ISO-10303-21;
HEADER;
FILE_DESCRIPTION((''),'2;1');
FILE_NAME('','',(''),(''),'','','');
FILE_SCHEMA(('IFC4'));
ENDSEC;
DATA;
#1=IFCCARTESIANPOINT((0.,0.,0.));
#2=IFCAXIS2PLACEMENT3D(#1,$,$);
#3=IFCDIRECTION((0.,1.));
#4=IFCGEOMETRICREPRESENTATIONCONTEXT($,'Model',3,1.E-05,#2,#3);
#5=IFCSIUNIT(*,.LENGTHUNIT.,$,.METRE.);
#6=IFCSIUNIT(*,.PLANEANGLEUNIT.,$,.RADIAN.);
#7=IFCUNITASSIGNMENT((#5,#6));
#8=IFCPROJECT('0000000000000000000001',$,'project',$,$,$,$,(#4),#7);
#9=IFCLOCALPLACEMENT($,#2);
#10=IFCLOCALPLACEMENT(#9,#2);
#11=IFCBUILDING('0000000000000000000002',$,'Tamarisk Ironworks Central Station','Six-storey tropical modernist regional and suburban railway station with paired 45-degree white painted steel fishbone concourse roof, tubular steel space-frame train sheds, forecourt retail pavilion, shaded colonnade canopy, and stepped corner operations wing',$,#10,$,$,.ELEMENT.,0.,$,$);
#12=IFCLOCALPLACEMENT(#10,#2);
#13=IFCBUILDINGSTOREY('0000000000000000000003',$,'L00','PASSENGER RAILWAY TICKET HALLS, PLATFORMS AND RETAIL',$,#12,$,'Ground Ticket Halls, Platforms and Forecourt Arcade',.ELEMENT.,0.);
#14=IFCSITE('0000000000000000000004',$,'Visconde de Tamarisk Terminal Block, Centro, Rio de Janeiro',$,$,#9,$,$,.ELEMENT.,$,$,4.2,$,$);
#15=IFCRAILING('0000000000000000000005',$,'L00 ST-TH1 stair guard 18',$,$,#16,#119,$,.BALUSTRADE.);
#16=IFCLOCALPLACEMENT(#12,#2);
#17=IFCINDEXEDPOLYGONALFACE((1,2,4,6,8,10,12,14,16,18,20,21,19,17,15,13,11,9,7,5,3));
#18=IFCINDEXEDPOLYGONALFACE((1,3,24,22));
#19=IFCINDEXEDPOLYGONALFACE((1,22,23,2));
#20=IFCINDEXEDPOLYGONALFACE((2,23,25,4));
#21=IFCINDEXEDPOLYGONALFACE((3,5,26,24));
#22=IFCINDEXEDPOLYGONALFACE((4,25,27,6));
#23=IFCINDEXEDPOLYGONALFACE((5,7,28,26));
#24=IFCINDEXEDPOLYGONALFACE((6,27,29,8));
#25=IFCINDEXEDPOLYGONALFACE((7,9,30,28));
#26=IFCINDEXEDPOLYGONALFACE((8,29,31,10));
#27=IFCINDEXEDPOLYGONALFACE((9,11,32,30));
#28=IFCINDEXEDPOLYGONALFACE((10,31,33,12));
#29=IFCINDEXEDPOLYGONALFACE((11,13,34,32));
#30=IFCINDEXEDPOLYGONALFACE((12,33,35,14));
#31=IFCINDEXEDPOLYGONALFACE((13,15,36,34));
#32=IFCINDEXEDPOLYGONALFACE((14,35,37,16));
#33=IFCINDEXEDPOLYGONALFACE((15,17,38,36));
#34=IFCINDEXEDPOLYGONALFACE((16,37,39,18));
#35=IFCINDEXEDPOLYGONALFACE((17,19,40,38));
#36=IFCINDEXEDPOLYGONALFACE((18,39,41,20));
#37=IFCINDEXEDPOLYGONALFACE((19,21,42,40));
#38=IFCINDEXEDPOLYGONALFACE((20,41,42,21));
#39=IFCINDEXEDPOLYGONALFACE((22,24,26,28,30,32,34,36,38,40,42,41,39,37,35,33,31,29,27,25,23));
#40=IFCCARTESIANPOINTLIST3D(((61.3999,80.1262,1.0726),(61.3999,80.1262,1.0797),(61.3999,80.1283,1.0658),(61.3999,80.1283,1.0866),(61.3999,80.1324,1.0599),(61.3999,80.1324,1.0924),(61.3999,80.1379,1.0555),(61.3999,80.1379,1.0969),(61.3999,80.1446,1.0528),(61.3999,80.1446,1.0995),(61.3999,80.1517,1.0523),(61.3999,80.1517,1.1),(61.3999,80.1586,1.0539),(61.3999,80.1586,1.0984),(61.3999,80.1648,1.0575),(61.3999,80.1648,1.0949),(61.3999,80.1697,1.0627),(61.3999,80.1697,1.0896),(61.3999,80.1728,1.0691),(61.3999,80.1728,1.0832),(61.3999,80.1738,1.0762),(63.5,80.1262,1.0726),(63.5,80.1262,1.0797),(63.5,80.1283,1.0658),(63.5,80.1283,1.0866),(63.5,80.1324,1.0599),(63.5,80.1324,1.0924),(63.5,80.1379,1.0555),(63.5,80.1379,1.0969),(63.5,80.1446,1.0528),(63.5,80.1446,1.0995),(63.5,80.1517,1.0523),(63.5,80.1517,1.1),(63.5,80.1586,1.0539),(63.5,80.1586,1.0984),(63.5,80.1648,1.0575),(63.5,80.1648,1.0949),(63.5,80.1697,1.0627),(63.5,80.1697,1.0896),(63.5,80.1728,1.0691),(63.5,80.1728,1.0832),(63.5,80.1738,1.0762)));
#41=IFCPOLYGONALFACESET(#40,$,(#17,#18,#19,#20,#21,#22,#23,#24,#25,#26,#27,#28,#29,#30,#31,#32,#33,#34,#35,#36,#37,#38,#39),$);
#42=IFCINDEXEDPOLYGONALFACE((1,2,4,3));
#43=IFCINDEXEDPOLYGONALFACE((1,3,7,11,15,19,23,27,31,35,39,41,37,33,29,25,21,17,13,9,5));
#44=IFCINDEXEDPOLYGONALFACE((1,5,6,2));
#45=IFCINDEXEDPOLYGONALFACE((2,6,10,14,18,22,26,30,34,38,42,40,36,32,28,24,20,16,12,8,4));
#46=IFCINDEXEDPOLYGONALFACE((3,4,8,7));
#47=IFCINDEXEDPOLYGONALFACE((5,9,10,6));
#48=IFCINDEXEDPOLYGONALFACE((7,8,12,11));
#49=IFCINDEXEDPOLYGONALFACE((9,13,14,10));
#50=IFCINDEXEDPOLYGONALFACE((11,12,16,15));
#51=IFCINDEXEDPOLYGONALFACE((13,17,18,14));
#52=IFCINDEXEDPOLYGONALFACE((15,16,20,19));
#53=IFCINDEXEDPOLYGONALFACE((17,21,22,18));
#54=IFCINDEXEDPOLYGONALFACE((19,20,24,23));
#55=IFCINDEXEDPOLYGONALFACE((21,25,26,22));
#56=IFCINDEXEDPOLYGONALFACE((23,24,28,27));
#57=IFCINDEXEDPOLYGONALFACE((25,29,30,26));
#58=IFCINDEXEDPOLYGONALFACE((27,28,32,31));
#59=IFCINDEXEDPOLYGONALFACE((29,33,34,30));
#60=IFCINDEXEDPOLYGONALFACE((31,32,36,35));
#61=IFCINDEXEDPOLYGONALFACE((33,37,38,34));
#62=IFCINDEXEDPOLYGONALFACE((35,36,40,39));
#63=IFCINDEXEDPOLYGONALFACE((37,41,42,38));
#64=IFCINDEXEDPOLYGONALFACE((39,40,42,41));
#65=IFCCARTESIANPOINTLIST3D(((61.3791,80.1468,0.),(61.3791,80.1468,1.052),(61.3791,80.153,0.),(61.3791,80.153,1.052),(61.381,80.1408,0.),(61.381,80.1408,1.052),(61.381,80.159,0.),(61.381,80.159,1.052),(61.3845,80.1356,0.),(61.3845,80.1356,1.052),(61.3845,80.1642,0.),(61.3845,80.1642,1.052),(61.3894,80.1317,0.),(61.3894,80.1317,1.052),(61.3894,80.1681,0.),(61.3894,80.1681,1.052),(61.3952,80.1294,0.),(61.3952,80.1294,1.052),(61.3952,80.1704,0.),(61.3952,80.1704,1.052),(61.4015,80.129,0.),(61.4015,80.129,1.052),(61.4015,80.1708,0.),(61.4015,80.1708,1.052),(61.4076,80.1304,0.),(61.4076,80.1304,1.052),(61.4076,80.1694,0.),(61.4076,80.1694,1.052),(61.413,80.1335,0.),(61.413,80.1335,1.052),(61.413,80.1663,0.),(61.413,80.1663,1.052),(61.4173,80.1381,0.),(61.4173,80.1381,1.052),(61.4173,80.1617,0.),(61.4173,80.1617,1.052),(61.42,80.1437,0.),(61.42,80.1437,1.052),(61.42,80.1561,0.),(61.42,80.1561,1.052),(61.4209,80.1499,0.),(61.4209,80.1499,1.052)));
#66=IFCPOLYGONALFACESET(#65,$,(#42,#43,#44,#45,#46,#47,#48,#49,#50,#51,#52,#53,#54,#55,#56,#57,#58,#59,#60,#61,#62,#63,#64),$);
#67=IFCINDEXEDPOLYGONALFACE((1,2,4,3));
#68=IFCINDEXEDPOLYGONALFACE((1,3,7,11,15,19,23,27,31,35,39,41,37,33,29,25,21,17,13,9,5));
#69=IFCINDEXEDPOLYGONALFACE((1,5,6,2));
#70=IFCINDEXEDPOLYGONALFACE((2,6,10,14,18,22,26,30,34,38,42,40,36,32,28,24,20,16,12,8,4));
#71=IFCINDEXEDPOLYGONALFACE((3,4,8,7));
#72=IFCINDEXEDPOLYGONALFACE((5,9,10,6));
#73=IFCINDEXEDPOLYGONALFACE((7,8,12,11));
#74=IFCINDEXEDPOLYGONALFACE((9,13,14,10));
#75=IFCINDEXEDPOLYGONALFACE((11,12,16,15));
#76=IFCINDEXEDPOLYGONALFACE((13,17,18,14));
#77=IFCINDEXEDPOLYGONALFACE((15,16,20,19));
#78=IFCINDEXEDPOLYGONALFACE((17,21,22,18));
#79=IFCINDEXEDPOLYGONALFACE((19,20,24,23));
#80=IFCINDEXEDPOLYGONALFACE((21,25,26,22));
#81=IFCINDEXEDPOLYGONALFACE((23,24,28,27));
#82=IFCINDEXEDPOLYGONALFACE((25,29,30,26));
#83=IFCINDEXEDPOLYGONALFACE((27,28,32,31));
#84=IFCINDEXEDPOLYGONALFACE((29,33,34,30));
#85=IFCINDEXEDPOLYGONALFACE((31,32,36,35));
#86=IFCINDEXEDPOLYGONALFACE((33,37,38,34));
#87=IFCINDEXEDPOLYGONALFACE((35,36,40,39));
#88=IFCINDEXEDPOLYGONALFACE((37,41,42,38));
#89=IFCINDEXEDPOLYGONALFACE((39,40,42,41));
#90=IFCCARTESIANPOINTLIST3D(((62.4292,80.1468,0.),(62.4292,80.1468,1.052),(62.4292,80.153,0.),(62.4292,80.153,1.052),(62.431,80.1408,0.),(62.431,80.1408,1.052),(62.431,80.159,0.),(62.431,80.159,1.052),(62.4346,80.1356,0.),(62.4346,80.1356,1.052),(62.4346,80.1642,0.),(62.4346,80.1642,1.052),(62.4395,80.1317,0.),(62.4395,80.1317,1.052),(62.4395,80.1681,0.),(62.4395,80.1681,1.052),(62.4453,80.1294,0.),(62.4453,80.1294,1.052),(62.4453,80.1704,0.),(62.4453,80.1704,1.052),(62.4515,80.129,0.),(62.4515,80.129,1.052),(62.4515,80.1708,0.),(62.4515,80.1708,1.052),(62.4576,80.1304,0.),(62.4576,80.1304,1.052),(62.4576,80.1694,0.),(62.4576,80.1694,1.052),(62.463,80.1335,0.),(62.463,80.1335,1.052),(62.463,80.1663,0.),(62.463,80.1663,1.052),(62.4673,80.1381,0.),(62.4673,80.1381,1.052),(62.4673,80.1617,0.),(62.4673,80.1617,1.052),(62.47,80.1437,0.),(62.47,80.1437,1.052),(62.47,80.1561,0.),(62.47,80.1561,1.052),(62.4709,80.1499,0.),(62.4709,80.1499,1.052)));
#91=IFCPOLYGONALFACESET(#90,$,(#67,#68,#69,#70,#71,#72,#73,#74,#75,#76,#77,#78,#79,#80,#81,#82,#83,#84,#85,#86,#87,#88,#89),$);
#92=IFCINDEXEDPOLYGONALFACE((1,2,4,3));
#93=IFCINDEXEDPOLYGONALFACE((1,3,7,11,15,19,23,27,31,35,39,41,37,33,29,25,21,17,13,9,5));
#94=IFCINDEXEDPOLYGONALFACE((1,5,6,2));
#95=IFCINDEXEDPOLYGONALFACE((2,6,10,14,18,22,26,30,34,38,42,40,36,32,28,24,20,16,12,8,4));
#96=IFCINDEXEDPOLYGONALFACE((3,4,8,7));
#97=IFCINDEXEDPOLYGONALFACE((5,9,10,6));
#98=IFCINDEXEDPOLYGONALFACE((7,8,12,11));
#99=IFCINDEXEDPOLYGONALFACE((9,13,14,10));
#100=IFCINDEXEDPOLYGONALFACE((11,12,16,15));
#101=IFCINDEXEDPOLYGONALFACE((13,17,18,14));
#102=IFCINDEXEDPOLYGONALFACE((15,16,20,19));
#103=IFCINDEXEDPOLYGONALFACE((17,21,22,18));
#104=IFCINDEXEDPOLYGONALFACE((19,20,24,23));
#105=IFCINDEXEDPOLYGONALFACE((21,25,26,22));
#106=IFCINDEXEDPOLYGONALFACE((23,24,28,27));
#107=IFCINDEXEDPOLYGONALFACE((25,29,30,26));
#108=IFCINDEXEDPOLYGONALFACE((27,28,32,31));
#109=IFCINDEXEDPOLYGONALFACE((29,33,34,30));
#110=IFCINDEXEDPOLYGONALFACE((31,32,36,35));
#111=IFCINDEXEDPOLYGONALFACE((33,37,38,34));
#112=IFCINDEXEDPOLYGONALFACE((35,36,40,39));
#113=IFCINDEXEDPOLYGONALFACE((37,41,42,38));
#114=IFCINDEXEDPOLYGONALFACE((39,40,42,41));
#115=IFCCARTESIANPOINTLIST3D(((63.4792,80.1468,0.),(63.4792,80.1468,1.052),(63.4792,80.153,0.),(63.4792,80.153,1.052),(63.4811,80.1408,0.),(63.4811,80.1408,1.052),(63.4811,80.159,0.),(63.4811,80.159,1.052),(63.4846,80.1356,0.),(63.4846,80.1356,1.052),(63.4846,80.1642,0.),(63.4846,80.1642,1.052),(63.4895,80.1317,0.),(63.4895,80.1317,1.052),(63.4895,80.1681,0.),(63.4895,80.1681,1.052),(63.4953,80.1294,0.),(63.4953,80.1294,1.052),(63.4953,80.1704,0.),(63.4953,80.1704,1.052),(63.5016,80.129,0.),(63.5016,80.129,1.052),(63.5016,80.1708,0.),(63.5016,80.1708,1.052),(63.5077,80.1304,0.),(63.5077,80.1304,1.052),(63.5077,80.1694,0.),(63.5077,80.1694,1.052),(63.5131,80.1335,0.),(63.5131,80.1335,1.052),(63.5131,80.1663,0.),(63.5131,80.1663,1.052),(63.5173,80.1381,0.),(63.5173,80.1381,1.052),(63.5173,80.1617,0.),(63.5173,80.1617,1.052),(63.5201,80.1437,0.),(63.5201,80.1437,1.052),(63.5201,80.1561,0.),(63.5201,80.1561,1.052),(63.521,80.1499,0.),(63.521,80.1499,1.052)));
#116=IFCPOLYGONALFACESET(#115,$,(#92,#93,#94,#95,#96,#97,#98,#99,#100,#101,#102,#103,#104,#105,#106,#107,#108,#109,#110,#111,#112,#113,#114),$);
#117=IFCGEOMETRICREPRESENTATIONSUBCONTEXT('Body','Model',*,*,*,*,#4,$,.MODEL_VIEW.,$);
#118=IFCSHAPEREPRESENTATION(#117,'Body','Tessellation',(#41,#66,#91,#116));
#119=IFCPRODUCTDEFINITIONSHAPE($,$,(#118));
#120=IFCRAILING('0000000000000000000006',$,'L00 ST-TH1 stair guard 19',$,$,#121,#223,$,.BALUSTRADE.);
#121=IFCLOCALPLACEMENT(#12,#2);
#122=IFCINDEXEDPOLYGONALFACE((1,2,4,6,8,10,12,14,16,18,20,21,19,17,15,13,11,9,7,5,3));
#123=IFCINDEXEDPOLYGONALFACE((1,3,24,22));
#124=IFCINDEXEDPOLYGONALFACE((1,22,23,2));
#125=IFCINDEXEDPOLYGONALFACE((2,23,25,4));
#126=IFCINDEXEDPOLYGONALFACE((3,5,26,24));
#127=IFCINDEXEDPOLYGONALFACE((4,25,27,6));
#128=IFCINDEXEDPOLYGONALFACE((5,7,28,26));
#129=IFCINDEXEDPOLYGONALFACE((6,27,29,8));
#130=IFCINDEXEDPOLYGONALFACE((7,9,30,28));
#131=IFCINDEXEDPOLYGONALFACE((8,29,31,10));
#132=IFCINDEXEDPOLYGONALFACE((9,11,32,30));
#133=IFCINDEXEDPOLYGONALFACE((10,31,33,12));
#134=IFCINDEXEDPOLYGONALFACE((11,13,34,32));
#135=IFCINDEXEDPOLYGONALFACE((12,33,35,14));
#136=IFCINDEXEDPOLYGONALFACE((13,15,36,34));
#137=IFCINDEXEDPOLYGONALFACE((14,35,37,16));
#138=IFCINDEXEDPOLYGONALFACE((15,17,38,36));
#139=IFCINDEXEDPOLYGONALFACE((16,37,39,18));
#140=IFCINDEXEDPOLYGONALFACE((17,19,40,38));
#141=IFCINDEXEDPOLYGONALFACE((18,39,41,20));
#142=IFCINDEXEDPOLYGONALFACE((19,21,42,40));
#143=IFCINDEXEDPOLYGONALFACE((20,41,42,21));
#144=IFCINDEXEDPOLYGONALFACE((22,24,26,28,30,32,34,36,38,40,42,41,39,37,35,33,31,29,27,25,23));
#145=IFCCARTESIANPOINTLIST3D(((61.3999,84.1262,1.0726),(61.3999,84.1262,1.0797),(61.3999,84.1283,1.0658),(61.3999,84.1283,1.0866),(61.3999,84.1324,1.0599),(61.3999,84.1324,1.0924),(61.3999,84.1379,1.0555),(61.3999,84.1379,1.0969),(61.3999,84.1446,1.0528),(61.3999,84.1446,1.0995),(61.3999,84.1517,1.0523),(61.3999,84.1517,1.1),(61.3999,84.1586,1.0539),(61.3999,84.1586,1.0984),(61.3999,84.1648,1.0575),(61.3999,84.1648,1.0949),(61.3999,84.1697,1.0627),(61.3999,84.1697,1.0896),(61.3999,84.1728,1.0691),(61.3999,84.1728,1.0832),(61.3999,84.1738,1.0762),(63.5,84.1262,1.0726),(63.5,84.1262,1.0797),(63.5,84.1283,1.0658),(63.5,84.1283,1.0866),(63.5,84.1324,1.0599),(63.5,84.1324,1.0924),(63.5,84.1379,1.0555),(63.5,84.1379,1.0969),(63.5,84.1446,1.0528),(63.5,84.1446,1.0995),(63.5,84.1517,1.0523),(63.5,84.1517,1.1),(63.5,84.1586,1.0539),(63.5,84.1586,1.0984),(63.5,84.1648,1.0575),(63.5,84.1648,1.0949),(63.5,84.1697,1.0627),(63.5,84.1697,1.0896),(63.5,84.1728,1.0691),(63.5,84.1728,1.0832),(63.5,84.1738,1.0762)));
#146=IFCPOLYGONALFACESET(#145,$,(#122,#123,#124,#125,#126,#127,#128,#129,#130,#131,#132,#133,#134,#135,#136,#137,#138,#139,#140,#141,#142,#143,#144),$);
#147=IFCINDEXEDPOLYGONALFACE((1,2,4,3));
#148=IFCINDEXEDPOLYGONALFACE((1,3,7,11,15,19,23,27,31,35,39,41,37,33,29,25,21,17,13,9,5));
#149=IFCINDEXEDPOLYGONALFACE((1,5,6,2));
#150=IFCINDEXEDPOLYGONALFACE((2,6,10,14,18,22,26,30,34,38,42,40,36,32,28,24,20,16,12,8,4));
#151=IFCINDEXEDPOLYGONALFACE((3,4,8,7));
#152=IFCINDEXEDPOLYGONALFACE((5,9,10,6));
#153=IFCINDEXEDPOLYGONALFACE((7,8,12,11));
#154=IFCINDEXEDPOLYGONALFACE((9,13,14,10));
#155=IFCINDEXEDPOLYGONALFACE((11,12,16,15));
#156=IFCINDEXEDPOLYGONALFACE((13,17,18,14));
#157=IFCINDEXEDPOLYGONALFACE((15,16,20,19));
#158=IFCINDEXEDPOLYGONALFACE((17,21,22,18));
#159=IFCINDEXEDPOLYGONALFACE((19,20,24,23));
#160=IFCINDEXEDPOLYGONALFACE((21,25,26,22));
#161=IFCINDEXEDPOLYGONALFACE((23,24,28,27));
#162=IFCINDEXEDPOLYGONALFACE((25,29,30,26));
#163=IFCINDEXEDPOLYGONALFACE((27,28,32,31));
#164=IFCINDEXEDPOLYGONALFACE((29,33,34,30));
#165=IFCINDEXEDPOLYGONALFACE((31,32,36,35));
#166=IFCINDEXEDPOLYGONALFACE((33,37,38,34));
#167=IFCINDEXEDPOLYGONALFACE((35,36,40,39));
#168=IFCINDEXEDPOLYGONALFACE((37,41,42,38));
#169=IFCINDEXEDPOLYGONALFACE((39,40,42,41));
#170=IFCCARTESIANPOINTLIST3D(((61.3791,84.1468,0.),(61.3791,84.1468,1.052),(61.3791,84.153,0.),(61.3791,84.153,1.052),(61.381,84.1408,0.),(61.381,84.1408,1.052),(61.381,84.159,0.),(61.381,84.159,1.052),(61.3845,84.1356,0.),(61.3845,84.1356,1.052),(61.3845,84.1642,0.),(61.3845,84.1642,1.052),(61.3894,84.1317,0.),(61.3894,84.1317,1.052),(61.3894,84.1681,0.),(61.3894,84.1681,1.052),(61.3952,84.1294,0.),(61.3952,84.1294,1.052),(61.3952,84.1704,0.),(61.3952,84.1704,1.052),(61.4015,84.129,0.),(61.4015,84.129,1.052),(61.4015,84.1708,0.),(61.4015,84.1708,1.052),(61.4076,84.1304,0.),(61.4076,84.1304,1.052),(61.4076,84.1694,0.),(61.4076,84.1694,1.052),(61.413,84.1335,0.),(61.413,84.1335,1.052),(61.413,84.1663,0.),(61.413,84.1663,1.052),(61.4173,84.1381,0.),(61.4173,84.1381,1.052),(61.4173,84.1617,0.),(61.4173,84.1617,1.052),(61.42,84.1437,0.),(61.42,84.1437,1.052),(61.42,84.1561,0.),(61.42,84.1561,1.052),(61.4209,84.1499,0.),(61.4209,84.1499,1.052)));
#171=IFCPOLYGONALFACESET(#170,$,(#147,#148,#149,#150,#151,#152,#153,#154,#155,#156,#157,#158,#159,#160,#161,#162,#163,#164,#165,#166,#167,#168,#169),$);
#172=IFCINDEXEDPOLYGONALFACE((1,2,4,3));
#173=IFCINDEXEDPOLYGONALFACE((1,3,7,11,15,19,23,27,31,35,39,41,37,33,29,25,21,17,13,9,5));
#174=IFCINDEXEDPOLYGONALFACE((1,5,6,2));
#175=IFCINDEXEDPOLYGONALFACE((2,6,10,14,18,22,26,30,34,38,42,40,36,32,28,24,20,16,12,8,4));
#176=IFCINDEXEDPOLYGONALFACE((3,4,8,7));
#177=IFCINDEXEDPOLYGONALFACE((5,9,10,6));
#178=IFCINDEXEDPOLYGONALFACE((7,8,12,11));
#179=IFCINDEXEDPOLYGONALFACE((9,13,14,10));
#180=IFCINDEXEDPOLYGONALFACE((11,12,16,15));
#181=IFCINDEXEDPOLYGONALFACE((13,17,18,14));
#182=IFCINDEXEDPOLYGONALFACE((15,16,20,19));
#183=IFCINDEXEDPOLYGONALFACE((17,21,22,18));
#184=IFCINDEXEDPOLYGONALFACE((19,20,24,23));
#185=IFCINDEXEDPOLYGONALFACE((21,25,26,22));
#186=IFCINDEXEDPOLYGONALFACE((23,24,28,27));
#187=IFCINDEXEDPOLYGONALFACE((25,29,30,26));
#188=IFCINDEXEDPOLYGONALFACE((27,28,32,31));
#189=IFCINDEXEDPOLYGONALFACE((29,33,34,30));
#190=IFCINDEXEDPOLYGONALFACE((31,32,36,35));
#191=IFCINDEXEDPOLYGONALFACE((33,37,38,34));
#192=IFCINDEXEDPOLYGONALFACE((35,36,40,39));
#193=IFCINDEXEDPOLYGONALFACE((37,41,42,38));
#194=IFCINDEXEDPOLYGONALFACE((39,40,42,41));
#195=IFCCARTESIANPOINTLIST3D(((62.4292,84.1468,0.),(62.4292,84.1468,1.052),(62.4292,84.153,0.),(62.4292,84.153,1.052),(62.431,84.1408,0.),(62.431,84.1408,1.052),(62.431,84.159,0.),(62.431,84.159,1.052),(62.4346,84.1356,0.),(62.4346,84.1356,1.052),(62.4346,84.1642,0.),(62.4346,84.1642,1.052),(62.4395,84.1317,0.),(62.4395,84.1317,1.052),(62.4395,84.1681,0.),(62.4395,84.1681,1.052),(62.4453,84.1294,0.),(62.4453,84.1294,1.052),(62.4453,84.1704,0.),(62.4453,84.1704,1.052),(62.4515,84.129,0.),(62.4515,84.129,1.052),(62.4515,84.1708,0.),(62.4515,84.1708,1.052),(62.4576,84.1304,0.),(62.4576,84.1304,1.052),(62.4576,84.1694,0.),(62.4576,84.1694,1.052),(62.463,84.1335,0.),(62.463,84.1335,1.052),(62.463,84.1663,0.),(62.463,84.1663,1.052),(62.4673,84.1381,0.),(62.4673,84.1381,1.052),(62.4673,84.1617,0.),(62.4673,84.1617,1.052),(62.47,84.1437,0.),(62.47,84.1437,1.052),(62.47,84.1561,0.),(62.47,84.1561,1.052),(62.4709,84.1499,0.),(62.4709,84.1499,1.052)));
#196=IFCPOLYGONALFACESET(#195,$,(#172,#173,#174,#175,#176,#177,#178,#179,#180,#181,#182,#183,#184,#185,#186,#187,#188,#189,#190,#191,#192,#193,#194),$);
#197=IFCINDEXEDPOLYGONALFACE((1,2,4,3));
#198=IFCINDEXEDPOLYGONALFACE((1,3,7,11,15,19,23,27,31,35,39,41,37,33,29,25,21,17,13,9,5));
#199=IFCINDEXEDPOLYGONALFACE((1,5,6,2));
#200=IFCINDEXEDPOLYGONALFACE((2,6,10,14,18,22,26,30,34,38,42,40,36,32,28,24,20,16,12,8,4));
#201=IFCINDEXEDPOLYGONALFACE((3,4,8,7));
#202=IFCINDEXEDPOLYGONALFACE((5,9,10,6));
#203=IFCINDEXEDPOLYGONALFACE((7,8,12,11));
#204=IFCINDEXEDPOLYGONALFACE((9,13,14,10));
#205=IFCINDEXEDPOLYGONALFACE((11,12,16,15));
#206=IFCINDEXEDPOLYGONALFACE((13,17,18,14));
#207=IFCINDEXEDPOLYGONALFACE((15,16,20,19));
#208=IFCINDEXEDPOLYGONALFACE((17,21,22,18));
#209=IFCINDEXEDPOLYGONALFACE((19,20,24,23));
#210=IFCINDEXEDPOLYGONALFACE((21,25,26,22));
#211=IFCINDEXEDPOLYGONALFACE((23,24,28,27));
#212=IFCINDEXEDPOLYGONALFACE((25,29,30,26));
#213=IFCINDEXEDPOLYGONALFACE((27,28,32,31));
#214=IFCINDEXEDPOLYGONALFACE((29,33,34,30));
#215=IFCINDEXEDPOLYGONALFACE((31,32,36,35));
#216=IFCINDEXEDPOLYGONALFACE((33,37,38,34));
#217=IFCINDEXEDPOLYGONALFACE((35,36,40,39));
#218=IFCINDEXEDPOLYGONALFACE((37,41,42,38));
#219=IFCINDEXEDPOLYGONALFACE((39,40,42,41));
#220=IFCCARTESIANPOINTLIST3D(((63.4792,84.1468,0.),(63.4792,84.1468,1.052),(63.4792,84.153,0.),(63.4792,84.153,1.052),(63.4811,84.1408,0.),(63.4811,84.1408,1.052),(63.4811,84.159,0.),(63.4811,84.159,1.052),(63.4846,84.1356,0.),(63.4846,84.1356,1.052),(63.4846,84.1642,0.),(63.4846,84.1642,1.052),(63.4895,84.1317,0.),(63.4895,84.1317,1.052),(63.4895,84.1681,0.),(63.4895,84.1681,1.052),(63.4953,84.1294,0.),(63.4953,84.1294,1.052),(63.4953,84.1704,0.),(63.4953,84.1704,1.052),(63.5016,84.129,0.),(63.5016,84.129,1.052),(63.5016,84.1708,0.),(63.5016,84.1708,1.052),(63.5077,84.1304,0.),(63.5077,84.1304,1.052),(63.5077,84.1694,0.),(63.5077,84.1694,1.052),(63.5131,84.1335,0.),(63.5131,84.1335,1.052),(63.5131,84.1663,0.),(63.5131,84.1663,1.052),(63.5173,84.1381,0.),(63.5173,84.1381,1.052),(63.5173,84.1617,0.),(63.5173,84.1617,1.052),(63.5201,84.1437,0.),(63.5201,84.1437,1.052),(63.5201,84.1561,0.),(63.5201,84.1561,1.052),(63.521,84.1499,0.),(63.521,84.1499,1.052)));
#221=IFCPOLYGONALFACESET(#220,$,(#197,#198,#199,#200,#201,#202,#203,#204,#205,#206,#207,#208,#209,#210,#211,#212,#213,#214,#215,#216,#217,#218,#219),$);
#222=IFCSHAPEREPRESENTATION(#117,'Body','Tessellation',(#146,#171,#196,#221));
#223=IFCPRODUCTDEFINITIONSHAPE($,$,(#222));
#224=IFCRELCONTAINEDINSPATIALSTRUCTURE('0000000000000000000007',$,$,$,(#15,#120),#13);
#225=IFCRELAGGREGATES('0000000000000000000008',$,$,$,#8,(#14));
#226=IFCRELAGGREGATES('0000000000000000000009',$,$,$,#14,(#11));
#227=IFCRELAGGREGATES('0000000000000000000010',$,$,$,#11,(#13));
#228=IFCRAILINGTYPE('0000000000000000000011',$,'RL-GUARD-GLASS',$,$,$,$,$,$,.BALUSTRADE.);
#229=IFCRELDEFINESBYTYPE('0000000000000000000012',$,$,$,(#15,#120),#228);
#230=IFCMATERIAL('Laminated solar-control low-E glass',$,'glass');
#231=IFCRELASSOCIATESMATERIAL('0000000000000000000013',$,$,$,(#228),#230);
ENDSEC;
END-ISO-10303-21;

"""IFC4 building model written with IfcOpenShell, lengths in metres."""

from ifc_helpers import new_model, si_unit, direction, frame, origin, origin_2d, place, context, subcontext, project, spatial, circle, extrude, material, type_object, element, save


model = new_model("IFC4")

# Units and contexts
model_context = context("Model", 3, precision=1e-05, world=origin(), true_north=direction((0.0, 1.0)))
body_context = subcontext(model_context, "Body", "Model", "MODEL_VIEW")
ifc_project = project(units=[si_unit("LENGTHUNIT", "METRE"), si_unit("PLANEANGLEUNIT", "RADIAN")], contexts=[model_context])

# Site, building, storey
site_placement = place(None, origin())
site = spatial("IfcSite", under=ifc_project, at=site_placement, Name="Visconde de Tamarisk Terminal Block, Centro, Rio de Janeiro", CompositionType="ELEMENT", RefElevation=4.2)
building_placement = place(site_placement, origin())
building = spatial("IfcBuilding", under=site, at=building_placement, Name="Tamarisk Ironworks Central Station", Description="Six-storey tropical modernist regional and suburban railway station with paired 45-degree white painted steel fishbone concourse roof, tubular steel space-frame train sheds, forecourt retail pavilion, shaded colonnade canopy, and stepped corner operations wing", CompositionType="ELEMENT", ElevationOfRefHeight=0.0)
storey_placement = place(building_placement, origin())
storey = spatial("IfcBuildingStorey", under=building, at=storey_placement, Name="L00", Description="PASSENGER RAILWAY TICKET HALLS, PLATFORMS AND RETAIL", LongName="Ground Ticket Halls, Platforms and Forecourt Arcade", CompositionType="ELEMENT", Elevation=0.0)

# Railings
ifc_material_1 = material(Name="Laminated solar-control low-E glass", Category="glass")
railing_type = type_object("IfcRailingType", Name="RL-GUARD-GLASS", PredefinedType="BALUSTRADE", material=ifc_material_1)
for number, where, name in (
    (1, (61.3999, 80.1499, 0.0), "L00 ST-TH1 stair guard 18"),
    (2, (61.3999, 84.1499, 0.0), "L00 ST-TH1 stair guard 19"),
):
    element("IfcRailing", number, at=place(storey_placement, frame(where)), inside=storey, type_object=railing_type, Name=name, PredefinedType="BALUSTRADE", context=body_context, shape_type="SweptSolid", body=[
        extrude(circle(Radius=0.0239, at=origin_2d()), frame((0.0, 0.0, 1.0762), z_axis=(1.0, 0.0, 0.0), x_axis=(0.0, 1.0, 0.0)), (0.0, 0.0, 1.0), 2.1001),
        extrude(circle(Radius=0.021, at=origin_2d()), origin(), (0.0, 0.0, 1.0), 1.052),
        extrude(circle(Radius=0.021, at=origin_2d()), frame((1.05, 0.0, 0.0)), (0.0, 0.0, 1.0), 1.052),
        extrude(circle(Radius=0.021, at=origin_2d()), frame((2.1001, 0.0, 0.0)), (0.0, 0.0, 1.0), 1.052),
    ])

save(model, "model.ifc")
